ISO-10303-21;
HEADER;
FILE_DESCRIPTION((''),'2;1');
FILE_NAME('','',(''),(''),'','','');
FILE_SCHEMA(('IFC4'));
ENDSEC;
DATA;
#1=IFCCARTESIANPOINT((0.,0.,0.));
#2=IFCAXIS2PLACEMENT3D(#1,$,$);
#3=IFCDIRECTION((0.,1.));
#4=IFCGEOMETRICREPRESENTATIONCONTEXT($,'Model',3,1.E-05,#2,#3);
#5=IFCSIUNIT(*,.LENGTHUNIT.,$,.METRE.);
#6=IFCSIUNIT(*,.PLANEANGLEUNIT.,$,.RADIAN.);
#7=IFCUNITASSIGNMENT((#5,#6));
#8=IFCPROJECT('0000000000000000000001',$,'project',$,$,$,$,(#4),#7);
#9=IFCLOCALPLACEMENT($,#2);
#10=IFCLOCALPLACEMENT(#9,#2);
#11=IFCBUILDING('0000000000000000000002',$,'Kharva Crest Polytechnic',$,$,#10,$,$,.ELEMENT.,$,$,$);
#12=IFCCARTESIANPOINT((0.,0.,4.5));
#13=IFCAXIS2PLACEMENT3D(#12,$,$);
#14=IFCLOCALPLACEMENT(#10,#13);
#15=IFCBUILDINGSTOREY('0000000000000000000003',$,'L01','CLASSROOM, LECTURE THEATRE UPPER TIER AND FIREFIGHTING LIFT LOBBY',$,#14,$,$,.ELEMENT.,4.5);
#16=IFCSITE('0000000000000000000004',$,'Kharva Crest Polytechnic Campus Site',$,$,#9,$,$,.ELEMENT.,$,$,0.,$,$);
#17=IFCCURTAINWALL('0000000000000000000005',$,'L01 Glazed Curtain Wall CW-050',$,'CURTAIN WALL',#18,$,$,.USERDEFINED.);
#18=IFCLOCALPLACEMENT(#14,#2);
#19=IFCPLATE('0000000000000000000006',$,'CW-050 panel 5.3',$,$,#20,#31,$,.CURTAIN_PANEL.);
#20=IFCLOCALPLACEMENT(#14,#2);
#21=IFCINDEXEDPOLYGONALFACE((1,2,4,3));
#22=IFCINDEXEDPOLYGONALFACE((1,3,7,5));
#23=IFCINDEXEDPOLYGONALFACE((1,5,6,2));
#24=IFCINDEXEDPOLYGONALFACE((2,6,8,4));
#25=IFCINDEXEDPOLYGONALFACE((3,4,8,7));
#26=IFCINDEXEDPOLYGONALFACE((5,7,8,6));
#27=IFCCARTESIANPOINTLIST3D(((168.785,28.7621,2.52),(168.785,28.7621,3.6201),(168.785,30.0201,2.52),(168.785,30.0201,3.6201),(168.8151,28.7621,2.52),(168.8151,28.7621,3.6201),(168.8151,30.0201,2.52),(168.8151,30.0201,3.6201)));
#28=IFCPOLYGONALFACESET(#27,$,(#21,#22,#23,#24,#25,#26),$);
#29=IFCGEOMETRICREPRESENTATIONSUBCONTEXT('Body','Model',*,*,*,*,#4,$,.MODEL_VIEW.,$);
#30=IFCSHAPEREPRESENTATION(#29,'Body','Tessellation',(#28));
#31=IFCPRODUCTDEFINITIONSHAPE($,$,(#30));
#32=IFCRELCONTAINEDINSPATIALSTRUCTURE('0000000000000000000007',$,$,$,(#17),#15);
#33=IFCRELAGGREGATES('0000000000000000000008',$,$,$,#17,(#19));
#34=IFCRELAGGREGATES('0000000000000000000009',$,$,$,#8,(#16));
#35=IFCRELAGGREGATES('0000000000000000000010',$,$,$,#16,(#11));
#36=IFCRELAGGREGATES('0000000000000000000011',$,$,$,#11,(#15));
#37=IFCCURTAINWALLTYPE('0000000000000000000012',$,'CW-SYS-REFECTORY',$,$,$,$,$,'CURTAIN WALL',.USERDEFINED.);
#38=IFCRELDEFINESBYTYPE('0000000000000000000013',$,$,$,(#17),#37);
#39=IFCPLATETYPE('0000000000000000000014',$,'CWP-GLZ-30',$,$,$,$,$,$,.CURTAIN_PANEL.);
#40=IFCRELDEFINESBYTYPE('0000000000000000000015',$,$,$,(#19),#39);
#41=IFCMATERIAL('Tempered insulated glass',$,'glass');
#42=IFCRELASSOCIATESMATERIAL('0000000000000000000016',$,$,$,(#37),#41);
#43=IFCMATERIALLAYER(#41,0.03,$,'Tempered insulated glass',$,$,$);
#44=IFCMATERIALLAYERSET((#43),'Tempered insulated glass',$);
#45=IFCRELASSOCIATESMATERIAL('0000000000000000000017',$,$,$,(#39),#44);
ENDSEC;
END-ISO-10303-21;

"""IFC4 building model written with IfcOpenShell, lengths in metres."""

from ifc_helpers import new_model, si_unit, direction, frame, origin, origin_2d, place, context, subcontext, project, spatial, rectangle, extrude, material, layer, layer_set, type_object, element, aggregate, save


model = new_model("IFC4")

# Units and contexts
model_context = context("Model", 3, precision=1e-05, world=origin(), true_north=direction((0.0, 1.0)))
body_context = subcontext(model_context, "Body", "Model", "MODEL_VIEW")
ifc_project = project(units=[si_unit("LENGTHUNIT", "METRE"), si_unit("PLANEANGLEUNIT", "RADIAN")], contexts=[model_context])

# Site, building, storey
site_placement = place(None, origin())
site = spatial("IfcSite", under=ifc_project, at=site_placement, Name="Kharva Crest Polytechnic Campus Site", CompositionType="ELEMENT", RefElevation=0.0)
building_placement = place(site_placement, origin())
building = spatial("IfcBuilding", under=site, at=building_placement, Name="Kharva Crest Polytechnic", CompositionType="ELEMENT")
storey_placement = place(building_placement, frame((0.0, 0.0, 4.5)))
storey = spatial("IfcBuildingStorey", under=building, at=storey_placement, Name="L01", Description="CLASSROOM, LECTURE THEATRE UPPER TIER AND FIREFIGHTING LIFT LOBBY", CompositionType="ELEMENT", Elevation=4.5)

# Shared definitions
ifc_material_1 = material(Name="Tempered insulated glass", Category="glass")

# Curtain wall
curtain_wall_type_1 = type_object("IfcCurtainWallType", Name="CW-SYS-REFECTORY", ElementType="CURTAIN WALL", PredefinedType="USERDEFINED", material=ifc_material_1)
curtain_wall_1_placement = place(storey_placement, origin())
curtain_wall_1 = element("IfcCurtainWall", 1, at=curtain_wall_1_placement, inside=storey, type_object=curtain_wall_type_1, Name="L01 Glazed Curtain Wall CW-050", ObjectType="CURTAIN WALL", PredefinedType="USERDEFINED")

# Plate
ifc_layer_1 = layer(ifc_material_1, 0.03, Name="Tempered insulated glass")
ifc_layer_set_1 = layer_set([ifc_layer_1], Name="Tempered insulated glass")
plate_type_1 = type_object("IfcPlateType", Name="CWP-GLZ-30", PredefinedType="CURTAIN_PANEL", material=ifc_layer_set_1)
plate_1_placement = place(storey_placement, frame((168.8, 29.3911, 2.52), z_axis=(0.0, 0.0, 1.0), x_axis=(0.0, 1.0, 0.0)))
plate_1 = element("IfcPlate", 2, at=plate_1_placement, type_object=plate_type_1, Name="CW-050 panel 5.3", PredefinedType="CURTAIN_PANEL", context=body_context, shape_type="SweptSolid", body=[
    extrude(rectangle(XDim=1.2581, YDim=0.03, at=origin_2d()), origin(), (0.0, 0.0, 1.0), 1.1001),
])
aggregate(curtain_wall_1, [plate_1])

save(model, "model.ifc")
